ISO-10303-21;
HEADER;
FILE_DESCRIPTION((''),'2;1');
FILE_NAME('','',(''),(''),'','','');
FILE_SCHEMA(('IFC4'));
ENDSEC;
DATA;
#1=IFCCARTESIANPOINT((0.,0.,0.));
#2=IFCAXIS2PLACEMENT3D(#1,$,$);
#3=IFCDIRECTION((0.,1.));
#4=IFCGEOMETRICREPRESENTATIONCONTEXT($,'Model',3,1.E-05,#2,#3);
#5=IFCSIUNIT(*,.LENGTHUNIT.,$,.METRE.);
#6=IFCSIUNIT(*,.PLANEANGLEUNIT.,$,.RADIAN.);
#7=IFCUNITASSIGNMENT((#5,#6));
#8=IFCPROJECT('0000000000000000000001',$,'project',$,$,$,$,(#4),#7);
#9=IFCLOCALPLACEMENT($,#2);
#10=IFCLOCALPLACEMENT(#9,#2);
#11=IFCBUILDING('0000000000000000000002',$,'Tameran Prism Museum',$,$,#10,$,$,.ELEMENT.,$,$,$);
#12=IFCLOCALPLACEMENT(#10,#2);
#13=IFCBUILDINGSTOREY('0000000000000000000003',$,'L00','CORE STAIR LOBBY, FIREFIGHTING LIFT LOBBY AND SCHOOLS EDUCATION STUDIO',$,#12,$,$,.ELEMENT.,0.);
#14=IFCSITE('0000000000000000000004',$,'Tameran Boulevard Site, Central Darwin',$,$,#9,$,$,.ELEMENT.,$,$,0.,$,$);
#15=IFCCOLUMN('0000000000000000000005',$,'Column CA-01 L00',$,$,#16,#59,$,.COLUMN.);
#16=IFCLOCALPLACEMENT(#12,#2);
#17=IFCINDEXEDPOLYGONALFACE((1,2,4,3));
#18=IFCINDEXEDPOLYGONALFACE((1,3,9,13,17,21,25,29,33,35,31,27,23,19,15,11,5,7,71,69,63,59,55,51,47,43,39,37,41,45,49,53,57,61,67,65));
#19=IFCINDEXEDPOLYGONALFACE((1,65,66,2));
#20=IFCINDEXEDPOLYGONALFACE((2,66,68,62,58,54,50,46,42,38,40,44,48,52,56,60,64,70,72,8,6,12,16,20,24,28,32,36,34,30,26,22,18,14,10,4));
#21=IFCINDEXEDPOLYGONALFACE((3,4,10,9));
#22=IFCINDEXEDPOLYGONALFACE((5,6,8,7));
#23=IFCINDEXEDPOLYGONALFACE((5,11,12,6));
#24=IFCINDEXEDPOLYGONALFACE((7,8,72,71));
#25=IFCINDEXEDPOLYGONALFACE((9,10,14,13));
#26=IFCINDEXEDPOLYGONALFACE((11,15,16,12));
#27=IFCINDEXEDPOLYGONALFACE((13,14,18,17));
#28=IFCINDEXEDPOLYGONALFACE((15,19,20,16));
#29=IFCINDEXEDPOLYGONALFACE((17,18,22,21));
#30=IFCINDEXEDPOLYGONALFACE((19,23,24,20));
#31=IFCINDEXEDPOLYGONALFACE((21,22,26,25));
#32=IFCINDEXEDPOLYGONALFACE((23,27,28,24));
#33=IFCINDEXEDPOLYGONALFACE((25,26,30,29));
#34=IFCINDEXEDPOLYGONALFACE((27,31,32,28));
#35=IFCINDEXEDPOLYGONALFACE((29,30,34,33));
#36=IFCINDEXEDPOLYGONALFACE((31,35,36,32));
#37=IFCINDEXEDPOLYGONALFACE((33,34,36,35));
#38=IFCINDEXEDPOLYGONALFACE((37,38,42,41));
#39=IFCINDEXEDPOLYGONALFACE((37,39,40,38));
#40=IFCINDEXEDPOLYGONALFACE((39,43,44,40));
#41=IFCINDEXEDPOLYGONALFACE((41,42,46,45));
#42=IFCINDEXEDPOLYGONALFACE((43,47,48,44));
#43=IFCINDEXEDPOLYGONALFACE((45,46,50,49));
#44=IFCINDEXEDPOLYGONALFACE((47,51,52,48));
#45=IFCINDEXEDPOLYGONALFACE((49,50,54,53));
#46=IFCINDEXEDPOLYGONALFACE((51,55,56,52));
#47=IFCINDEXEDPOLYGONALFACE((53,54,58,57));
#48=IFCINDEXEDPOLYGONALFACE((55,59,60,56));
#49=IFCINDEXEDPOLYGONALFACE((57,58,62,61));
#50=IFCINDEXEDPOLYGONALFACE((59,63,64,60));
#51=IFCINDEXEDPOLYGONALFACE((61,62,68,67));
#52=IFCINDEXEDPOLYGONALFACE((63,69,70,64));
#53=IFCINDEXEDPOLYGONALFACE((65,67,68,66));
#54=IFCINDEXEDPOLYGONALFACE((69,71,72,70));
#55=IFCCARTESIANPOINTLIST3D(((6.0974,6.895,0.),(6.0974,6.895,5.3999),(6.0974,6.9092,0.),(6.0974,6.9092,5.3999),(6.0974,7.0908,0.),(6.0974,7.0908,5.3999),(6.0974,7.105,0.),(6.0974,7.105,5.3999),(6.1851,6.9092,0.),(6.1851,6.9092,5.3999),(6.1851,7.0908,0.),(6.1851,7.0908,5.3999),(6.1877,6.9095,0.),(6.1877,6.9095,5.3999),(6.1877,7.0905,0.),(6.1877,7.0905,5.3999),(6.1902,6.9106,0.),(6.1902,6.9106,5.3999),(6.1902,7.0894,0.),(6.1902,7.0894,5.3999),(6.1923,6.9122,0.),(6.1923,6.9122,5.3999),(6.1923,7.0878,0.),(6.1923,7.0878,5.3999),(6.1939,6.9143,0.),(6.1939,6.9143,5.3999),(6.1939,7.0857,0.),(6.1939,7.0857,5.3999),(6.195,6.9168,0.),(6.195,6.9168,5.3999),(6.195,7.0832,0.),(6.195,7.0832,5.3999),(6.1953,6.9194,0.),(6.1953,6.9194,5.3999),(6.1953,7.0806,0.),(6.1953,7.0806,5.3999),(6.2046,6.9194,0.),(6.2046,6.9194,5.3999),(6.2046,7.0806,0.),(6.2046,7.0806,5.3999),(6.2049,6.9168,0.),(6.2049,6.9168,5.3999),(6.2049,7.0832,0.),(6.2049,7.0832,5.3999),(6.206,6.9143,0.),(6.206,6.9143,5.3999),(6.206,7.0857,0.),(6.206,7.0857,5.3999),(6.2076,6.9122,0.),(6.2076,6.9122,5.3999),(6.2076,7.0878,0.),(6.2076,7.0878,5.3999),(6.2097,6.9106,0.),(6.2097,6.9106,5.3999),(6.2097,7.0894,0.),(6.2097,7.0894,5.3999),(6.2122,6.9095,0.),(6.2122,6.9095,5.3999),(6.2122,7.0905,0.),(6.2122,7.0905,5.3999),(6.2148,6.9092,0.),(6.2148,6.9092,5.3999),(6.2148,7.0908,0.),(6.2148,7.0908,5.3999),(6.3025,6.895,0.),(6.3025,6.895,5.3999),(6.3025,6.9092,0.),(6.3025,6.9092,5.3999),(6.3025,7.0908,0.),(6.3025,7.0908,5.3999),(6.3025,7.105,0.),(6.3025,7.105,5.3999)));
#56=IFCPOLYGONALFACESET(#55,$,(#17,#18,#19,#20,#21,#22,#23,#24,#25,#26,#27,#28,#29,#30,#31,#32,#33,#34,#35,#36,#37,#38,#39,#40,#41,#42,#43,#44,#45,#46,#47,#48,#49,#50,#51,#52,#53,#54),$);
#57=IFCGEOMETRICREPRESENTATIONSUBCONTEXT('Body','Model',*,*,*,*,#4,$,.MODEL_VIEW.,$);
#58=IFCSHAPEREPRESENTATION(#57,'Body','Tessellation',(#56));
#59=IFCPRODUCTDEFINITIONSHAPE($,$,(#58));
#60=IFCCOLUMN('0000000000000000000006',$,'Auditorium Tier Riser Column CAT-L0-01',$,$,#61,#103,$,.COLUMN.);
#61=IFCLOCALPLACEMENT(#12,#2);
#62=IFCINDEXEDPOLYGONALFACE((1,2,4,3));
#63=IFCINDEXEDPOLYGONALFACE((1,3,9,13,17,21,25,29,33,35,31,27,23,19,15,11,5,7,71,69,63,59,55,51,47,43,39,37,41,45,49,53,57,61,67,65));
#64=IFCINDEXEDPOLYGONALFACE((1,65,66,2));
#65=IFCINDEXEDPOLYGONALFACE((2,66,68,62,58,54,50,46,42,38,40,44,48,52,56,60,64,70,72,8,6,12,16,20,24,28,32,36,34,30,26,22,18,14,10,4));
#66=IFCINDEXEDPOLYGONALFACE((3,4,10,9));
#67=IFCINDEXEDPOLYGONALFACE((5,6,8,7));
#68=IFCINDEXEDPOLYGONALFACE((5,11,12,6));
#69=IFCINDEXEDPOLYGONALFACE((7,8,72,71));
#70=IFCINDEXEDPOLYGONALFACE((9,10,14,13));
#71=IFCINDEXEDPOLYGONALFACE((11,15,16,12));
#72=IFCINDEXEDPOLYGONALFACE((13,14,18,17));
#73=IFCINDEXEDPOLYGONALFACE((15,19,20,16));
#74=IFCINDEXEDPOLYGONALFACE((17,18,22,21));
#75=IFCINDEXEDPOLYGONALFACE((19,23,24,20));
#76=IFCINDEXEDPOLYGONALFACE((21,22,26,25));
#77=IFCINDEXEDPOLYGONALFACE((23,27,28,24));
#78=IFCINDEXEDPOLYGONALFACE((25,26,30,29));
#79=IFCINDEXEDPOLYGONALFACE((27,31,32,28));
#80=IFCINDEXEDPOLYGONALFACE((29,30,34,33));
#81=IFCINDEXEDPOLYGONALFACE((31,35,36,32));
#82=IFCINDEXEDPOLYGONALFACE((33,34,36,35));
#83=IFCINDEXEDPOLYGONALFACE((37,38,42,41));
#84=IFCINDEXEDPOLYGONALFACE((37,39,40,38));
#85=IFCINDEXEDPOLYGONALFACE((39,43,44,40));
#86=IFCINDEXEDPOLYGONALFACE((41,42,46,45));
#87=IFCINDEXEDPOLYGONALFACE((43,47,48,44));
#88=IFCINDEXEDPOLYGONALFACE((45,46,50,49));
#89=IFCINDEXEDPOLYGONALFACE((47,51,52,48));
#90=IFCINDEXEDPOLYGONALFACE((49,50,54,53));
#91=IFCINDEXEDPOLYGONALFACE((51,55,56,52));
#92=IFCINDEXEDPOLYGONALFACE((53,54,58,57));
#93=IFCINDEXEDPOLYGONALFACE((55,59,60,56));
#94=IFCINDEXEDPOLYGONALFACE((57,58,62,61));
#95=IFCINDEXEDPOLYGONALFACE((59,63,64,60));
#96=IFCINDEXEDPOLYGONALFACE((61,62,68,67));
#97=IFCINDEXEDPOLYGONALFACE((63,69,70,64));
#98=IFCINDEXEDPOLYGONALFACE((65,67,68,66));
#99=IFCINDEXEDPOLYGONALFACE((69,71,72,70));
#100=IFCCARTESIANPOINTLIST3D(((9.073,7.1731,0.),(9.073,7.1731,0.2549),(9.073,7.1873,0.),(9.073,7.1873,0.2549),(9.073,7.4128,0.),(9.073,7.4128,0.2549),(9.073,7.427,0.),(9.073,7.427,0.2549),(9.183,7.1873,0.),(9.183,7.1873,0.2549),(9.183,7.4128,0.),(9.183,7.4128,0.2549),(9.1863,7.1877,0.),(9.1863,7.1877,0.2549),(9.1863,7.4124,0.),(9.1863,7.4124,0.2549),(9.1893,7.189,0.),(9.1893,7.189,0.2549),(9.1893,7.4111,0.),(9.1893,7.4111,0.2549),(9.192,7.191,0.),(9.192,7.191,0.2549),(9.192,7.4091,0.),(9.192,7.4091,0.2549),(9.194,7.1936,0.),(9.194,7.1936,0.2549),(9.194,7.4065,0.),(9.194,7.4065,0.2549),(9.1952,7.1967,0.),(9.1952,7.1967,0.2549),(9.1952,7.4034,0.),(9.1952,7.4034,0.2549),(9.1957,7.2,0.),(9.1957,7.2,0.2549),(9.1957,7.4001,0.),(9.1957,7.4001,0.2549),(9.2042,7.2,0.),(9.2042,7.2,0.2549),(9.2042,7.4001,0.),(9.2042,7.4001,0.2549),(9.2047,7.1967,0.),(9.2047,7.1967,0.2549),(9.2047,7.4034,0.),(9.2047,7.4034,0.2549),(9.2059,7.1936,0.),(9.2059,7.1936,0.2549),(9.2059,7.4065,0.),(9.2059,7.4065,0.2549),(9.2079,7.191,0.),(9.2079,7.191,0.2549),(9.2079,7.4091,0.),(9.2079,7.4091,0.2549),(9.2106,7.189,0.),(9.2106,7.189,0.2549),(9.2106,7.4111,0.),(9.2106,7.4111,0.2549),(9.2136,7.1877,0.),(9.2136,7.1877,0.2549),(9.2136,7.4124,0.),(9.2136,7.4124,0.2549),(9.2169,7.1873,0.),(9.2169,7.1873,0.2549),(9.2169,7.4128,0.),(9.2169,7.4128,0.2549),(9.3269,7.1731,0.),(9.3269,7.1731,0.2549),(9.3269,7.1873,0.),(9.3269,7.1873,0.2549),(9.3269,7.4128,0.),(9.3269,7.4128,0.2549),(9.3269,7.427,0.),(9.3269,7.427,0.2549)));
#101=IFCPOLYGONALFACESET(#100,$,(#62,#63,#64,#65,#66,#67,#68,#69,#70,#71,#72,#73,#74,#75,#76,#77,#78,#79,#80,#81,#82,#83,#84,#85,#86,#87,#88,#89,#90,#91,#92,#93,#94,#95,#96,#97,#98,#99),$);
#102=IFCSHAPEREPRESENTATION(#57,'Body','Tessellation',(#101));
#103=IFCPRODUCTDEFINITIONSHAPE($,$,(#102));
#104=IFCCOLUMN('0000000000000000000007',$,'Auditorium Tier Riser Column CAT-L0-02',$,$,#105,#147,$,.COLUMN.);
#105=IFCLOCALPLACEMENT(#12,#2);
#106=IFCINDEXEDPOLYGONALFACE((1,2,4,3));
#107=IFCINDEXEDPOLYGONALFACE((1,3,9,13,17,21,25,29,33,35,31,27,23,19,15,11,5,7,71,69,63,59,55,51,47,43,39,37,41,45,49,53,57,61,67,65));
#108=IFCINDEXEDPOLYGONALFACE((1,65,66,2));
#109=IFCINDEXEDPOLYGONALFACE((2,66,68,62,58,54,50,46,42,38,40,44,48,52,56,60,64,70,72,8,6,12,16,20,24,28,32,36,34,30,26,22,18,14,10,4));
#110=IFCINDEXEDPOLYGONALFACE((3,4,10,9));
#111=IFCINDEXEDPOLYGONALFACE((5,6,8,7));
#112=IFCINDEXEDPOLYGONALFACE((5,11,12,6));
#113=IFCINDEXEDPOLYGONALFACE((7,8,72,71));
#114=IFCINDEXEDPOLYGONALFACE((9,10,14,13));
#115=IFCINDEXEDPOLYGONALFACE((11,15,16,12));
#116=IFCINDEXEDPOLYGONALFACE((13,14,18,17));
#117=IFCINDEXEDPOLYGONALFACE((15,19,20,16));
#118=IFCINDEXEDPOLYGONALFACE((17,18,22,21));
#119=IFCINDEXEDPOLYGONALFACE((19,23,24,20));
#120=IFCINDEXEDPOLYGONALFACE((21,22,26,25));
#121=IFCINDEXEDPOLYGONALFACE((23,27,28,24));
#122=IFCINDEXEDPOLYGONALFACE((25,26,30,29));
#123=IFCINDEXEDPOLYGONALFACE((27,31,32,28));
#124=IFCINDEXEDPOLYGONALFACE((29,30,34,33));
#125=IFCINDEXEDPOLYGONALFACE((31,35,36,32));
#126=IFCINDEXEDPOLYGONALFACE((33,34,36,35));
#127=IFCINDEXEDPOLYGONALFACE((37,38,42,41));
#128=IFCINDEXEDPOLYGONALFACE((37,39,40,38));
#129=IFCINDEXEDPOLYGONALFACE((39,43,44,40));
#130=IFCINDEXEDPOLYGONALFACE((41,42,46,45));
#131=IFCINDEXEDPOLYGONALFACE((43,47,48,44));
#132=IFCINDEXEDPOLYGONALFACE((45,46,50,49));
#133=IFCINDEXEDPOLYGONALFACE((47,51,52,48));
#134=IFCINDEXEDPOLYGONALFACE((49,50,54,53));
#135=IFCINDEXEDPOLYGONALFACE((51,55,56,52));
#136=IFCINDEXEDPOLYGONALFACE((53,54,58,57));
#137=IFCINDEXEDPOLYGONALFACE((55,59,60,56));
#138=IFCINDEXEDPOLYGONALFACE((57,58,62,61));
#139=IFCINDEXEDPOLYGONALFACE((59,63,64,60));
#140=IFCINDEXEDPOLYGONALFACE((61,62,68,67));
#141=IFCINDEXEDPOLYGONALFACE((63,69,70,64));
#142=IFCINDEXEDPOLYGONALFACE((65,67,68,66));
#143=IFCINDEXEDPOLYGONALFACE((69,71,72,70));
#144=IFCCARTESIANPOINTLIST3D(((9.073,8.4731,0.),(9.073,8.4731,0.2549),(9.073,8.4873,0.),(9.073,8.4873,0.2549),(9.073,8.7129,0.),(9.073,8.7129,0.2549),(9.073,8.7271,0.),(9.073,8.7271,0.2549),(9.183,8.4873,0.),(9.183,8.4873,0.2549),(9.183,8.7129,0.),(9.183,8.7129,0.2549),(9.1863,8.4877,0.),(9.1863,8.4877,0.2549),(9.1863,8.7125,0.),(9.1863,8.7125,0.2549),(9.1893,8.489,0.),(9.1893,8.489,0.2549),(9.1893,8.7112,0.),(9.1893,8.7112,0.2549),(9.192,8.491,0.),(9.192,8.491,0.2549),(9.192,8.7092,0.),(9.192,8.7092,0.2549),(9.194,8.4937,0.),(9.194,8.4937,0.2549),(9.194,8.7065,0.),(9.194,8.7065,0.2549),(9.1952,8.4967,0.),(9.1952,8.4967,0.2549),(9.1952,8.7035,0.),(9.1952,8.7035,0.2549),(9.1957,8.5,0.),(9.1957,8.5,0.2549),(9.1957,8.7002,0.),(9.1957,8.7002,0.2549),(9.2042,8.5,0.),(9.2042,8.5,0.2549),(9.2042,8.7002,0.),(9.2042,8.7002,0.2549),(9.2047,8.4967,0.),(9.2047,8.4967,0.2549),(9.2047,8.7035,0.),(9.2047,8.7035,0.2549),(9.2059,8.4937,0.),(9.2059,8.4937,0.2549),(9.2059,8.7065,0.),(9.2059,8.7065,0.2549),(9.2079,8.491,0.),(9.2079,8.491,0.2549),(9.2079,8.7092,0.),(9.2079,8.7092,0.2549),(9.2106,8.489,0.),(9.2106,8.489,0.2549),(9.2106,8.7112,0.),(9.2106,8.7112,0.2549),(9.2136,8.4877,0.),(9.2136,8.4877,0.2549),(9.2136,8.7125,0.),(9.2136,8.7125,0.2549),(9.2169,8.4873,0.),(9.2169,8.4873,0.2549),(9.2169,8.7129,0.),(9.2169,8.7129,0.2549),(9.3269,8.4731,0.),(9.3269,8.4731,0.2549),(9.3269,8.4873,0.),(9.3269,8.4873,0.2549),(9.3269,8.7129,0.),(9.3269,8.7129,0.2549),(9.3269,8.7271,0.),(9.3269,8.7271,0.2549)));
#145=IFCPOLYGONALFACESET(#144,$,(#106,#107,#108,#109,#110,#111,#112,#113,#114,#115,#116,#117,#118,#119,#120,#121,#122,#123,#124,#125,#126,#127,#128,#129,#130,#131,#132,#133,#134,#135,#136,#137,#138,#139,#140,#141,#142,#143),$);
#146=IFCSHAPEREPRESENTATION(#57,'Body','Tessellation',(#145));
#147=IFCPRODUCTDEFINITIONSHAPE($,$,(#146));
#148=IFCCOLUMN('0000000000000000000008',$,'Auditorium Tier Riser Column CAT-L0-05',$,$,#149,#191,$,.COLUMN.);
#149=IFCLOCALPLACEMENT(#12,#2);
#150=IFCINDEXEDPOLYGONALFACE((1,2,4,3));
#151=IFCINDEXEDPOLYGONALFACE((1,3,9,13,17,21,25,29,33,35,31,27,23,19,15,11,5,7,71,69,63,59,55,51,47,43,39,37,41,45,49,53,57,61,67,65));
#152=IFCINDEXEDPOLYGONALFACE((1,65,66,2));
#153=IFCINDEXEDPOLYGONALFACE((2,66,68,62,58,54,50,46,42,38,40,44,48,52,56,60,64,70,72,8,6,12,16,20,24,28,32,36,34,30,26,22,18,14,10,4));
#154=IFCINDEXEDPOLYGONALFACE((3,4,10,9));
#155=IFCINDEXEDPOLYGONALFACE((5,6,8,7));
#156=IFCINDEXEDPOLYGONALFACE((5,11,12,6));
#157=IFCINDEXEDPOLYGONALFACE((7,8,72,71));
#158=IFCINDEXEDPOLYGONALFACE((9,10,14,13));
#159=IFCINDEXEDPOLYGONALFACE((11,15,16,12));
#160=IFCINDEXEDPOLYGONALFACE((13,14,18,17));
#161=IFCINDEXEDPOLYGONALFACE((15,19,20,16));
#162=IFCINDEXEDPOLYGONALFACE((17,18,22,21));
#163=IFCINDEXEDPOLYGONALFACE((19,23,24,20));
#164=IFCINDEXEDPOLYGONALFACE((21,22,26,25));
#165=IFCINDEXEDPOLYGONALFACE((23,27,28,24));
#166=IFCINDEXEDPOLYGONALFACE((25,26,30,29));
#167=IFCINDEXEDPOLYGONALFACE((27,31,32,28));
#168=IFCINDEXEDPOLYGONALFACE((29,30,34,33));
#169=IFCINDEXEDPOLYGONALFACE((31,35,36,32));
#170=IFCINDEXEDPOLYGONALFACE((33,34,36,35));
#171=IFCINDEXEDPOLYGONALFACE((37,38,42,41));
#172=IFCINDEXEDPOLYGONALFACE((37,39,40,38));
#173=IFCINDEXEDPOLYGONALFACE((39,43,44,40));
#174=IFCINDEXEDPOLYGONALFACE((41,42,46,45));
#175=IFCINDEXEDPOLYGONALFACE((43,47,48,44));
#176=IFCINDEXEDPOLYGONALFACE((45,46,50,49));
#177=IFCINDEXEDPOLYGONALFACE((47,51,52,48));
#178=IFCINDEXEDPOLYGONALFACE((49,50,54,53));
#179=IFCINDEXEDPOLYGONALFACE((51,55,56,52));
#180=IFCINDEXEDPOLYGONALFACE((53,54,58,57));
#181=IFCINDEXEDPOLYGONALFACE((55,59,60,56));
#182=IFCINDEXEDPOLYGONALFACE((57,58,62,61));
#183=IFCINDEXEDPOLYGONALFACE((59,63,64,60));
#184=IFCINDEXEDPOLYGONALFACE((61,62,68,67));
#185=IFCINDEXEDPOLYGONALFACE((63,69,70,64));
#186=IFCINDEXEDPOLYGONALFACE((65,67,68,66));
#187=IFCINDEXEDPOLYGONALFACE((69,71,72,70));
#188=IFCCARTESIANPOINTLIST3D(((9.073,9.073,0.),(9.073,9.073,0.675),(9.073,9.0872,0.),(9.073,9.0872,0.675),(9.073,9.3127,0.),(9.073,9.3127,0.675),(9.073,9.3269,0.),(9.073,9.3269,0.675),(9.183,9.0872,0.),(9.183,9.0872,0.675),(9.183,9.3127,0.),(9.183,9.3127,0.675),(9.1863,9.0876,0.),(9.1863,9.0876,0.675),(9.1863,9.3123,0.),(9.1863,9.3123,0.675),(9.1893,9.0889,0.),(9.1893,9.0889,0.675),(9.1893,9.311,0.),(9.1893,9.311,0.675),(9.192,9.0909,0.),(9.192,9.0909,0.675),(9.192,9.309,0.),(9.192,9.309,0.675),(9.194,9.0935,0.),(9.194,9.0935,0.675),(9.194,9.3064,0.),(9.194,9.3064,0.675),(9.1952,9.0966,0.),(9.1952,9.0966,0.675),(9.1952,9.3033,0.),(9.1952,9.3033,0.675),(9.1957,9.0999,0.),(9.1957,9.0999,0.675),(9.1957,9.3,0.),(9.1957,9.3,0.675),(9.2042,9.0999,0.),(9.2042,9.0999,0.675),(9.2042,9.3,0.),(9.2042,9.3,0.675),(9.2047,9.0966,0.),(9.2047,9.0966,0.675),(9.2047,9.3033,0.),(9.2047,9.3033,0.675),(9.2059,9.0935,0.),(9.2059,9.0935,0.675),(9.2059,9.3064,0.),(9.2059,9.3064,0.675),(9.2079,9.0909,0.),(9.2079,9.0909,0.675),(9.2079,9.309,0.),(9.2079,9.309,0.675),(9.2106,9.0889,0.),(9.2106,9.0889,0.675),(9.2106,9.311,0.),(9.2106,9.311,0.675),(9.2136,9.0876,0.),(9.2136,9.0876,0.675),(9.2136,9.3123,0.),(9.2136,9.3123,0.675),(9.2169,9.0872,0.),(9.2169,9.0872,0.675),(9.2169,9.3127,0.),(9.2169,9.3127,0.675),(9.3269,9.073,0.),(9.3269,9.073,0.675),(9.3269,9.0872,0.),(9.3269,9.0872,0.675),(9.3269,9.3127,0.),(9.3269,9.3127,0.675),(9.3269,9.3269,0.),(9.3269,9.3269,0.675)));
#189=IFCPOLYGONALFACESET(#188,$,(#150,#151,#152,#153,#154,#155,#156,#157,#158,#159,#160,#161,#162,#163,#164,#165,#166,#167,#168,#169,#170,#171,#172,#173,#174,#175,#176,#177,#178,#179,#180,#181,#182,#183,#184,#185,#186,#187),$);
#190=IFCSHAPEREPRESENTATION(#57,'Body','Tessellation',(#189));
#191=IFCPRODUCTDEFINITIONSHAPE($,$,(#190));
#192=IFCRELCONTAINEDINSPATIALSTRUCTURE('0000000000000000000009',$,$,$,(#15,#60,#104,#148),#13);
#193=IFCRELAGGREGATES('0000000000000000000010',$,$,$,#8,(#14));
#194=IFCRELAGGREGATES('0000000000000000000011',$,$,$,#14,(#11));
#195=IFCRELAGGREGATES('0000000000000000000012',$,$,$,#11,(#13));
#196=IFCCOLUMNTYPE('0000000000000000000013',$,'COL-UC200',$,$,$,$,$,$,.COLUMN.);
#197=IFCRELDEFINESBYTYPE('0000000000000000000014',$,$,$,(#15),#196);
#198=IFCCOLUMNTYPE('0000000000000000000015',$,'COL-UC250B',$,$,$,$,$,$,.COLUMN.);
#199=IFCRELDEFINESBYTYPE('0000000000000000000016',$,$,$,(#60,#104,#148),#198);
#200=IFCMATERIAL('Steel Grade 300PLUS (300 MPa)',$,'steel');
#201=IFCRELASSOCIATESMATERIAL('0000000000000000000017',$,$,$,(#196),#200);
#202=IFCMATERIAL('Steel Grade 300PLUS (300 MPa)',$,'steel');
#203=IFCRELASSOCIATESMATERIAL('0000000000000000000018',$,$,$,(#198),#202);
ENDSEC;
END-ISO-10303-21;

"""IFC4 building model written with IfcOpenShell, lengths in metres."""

from ifc_helpers import new_model, si_unit, direction, frame, origin, origin_2d, place, context, subcontext, project, spatial, i_section, extrude, material, material_profile, profile_set, type_object, element, save


model = new_model("IFC4")

# Units and contexts
model_context = context("Model", 3, precision=1e-05, world=origin(), true_north=direction((0.0, 1.0)))
body_context = subcontext(model_context, "Body", "Model", "MODEL_VIEW")
ifc_project = project(units=[si_unit("LENGTHUNIT", "METRE"), si_unit("PLANEANGLEUNIT", "RADIAN")], contexts=[model_context])

# Site, building, storey
site_placement = place(None, origin())
site = spatial("IfcSite", under=ifc_project, at=site_placement, Name="Tameran Boulevard Site, Central Darwin", CompositionType="ELEMENT", RefElevation=0.0)
building_placement = place(site_placement, origin())
building = spatial("IfcBuilding", under=site, at=building_placement, Name="Tameran Prism Museum", CompositionType="ELEMENT")
storey_placement = place(building_placement, origin())
storey = spatial("IfcBuildingStorey", under=building, at=storey_placement, Name="L00", Description="CORE STAIR LOBBY, FIREFIGHTING LIFT LOBBY AND SCHOOLS EDUCATION STUDIO", CompositionType="ELEMENT", Elevation=0.0)

# Columns
ifc_material_1 = material(Name="Steel Grade 300PLUS (300 MPa)", Category="steel")
ifc_material_profile_1 = material_profile(ifc_material_1, i_section(OverallWidth=0.2051, OverallDepth=0.21, WebThickness=0.0093, FlangeThickness=0.0142, FilletRadius=0.0103, at=origin_2d()))
ifc_profile_set_1 = profile_set([ifc_material_profile_1])
column_type_1 = type_object("IfcColumnType", Name="COL-UC200", PredefinedType="COLUMN", material=ifc_profile_set_1)
column_1_placement = place(storey_placement, frame((6.2, 7.0, 0.0), z_axis=(0.0, 0.0, 1.0), x_axis=(1.0, 0.0, 0.0)))
element("IfcColumn", 1, at=column_1_placement, inside=storey, type_object=column_type_1, Name="Column CA-01 L00", PredefinedType="COLUMN", context=body_context, shape_type="SweptSolid", body=[
    extrude(i_section(OverallWidth=0.2051, OverallDepth=0.21, WebThickness=0.0093, FlangeThickness=0.0142, FilletRadius=0.0103, at=origin_2d()), origin(), (0.0, 0.0, 1.0), 5.3999),
])
ifc_material_2 = material(Name="Steel Grade 300PLUS (300 MPa)", Category="steel")
ifc_material_profile_2 = material_profile(ifc_material_2, i_section(OverallWidth=0.2539, OverallDepth=0.2539, WebThickness=0.0085, FlangeThickness=0.0142, FilletRadius=0.0127, at=origin_2d()))
ifc_profile_set_2 = profile_set([ifc_material_profile_2])
column_type_2 = type_object("IfcColumnType", Name="COL-UC250B", PredefinedType="COLUMN", material=ifc_profile_set_2)
for number, where, z_axis, x_axis, name in (
    (2, (9.2, 7.3, 0.0), (0.0, 0.0, 1.0), (1.0, 0.0, 0.0), "Auditorium Tier Riser Column CAT-L0-01"),
    (3, (9.2, 8.6001, 0.0), (0.0, 0.0, 1.0), (1.0, 0.0, 0.0), "Auditorium Tier Riser Column CAT-L0-02"),
):
    element("IfcColumn", number, at=place(storey_placement, frame(where, z_axis=z_axis, x_axis=x_axis)), inside=storey, type_object=column_type_2, Name=name, PredefinedType="COLUMN", context=body_context, shape_type="SweptSolid", body=[
        extrude(i_section(OverallWidth=0.2539, OverallDepth=0.2539, WebThickness=0.0085, FlangeThickness=0.0142, FilletRadius=0.0127, at=origin_2d()), origin(), (0.0, 0.0, 1.0), 0.2549),
    ])
for number, where, z_axis, x_axis, name in (
    (4, (9.2, 9.2, 0.0), (0.0, 0.0, 1.0), (1.0, 0.0, 0.0), "Auditorium Tier Riser Column CAT-L0-05"),
):
    element("IfcColumn", number, at=place(storey_placement, frame(where, z_axis=z_axis, x_axis=x_axis)), inside=storey, type_object=column_type_2, Name=name, PredefinedType="COLUMN", context=body_context, shape_type="SweptSolid", body=[
        extrude(i_section(OverallWidth=0.2539, OverallDepth=0.2539, WebThickness=0.0085, FlangeThickness=0.0142, FilletRadius=0.0127, at=origin_2d()), origin(), (0.0, 0.0, 1.0), 0.675),
    ])

save(model, "model.ifc")
